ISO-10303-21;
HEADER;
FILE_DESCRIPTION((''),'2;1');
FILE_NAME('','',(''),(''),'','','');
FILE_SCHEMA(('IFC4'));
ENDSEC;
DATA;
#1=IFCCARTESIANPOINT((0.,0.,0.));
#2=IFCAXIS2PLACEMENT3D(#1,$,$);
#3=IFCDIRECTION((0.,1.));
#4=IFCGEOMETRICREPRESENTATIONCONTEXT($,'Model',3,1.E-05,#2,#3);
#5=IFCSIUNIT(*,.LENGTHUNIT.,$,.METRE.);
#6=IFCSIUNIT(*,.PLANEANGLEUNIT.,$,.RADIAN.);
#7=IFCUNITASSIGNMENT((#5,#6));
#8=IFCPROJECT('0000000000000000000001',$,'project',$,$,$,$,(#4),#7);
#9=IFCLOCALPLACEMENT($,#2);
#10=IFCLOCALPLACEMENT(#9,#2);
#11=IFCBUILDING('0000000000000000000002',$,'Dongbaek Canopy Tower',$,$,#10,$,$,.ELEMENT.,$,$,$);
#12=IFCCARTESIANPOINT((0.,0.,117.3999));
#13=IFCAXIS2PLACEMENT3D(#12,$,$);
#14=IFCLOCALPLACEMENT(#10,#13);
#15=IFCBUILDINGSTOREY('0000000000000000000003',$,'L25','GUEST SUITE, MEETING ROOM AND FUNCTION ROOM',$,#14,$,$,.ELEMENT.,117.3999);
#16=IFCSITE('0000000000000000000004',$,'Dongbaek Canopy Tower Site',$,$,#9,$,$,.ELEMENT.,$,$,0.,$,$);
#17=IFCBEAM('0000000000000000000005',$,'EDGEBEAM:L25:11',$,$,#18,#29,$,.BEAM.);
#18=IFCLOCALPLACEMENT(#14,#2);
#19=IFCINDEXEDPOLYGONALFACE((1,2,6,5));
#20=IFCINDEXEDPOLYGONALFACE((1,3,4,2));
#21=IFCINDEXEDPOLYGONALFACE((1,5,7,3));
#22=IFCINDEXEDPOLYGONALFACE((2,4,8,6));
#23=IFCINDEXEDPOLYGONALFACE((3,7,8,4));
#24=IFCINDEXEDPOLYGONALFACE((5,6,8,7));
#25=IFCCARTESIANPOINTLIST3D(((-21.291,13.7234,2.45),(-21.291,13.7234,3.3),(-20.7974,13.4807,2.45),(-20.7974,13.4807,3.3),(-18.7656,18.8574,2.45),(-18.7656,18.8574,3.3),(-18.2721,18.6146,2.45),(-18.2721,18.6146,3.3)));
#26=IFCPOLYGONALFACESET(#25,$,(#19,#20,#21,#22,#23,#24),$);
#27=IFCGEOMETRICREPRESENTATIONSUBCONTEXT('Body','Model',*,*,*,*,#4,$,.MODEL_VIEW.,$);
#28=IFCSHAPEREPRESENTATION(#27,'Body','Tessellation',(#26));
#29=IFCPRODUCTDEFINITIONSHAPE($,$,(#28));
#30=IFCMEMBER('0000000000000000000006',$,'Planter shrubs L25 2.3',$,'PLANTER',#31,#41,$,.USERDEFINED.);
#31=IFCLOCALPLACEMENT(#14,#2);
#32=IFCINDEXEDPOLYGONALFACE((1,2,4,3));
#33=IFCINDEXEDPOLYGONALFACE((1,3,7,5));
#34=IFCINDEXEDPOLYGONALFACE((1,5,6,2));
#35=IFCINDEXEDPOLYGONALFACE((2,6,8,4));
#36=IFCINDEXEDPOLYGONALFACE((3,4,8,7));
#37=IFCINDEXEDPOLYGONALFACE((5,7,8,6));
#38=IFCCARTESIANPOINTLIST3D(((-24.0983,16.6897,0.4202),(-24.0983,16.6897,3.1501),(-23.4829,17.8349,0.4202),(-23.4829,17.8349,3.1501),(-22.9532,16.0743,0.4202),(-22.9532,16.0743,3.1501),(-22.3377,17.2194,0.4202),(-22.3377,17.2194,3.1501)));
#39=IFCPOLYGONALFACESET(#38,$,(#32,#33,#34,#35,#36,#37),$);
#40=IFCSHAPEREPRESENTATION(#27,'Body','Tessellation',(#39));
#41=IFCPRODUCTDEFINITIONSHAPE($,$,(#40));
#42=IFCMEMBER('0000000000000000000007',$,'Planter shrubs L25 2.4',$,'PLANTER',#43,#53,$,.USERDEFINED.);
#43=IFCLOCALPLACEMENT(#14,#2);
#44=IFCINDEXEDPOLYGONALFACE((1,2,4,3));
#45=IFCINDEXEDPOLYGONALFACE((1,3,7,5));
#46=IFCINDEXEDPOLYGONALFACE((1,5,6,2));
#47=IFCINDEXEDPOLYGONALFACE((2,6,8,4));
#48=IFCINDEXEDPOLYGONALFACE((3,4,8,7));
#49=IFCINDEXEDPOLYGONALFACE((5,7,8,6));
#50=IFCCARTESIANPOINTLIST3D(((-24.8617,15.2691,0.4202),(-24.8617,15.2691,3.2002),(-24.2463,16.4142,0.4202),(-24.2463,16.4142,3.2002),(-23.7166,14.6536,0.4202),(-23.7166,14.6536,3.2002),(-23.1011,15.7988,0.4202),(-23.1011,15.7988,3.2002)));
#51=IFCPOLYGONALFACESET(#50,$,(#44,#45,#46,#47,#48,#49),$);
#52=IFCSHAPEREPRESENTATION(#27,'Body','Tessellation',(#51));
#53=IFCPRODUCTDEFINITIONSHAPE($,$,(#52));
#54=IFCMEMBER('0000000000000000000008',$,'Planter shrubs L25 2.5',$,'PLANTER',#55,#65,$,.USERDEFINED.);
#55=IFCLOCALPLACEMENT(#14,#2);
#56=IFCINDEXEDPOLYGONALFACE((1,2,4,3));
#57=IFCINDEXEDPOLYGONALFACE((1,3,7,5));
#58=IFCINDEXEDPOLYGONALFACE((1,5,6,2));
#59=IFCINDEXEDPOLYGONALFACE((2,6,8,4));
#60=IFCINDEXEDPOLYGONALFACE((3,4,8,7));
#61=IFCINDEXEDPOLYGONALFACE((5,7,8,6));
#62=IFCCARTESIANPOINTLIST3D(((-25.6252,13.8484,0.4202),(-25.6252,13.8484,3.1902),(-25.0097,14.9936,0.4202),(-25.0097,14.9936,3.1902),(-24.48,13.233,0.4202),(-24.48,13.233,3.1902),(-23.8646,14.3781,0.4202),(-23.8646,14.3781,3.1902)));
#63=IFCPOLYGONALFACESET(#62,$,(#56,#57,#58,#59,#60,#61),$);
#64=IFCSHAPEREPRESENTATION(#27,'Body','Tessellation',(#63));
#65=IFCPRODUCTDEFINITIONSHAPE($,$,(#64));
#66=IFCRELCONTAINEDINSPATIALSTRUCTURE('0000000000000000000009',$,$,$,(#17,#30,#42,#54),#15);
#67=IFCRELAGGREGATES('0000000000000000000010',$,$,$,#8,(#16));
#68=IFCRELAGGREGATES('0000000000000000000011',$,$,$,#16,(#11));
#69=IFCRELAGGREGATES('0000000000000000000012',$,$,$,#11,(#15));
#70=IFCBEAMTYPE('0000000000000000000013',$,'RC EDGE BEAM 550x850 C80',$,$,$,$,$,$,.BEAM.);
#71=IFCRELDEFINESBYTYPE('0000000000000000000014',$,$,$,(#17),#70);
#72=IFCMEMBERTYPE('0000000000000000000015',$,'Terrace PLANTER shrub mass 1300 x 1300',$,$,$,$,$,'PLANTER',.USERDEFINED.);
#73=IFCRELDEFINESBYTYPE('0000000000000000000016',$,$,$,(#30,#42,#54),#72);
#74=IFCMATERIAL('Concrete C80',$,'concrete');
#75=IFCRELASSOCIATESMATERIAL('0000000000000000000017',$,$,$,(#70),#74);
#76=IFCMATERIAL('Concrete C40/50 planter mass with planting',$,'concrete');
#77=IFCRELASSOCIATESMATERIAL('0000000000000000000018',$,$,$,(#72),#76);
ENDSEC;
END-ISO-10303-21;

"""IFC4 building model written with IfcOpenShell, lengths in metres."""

from ifc_helpers import new_model, si_unit, direction, frame, origin, origin_2d, place, context, subcontext, project, spatial, rectangle, extrude, material, material_profile, profile_set, type_object, element, save


model = new_model("IFC4")

# Units and contexts
model_context = context("Model", 3, precision=1e-05, world=origin(), true_north=direction((0.0, 1.0)))
body_context = subcontext(model_context, "Body", "Model", "MODEL_VIEW")
ifc_project = project(units=[si_unit("LENGTHUNIT", "METRE"), si_unit("PLANEANGLEUNIT", "RADIAN")], contexts=[model_context])

# Site, building, storey
site_placement = place(None, origin())
site = spatial("IfcSite", under=ifc_project, at=site_placement, Name="Dongbaek Canopy Tower Site", CompositionType="ELEMENT", RefElevation=0.0)
building_placement = place(site_placement, origin())
building = spatial("IfcBuilding", under=site, at=building_placement, Name="Dongbaek Canopy Tower", CompositionType="ELEMENT")
storey_placement = place(building_placement, frame((0.0, 0.0, 117.3999)))
storey = spatial("IfcBuildingStorey", under=building, at=storey_placement, Name="L25", Description="GUEST SUITE, MEETING ROOM AND FUNCTION ROOM", CompositionType="ELEMENT", Elevation=117.3999)

# Beam
ifc_material_1 = material(Name="Concrete C80", Category="concrete")
ifc_material_profile_1 = material_profile(ifc_material_1, rectangle(XDim=0.55, YDim=0.8501, at=origin_2d()), Name="RC EDGE BEAM 550x850 C80")
ifc_profile_set_1 = profile_set([ifc_material_profile_1], Name="Concrete C80")
beam_type = type_object("IfcBeamType", Name="RC EDGE BEAM 550x850 C80", PredefinedType="BEAM", material=ifc_profile_set_1)
beam_placement = place(storey_placement, frame((-21.0442, 13.6021, 2.875), z_axis=(0.441384, 0.897318, 0.0), x_axis=(-0.897318, 0.441384, 0.0)))
element("IfcBeam", 1, at=beam_placement, inside=storey, type_object=beam_type, Name="EDGEBEAM:L25:11", PredefinedType="BEAM", context=body_context, shape_type="SweptSolid", body=[
    extrude(rectangle(XDim=0.55, YDim=0.8501, at=origin_2d()), origin(), (0.0, 0.0, 1.0), 5.7214),
])

# Members
ifc_material_2 = material(Name="Concrete C40/50 planter mass with planting", Category="concrete")
ifc_material_profile_2 = material_profile(ifc_material_2, rectangle(XDim=1.3, YDim=1.3, at=origin_2d()), Name="Terrace PLANTER shrub mass 1300 x 1300")
ifc_profile_set_2 = profile_set([ifc_material_profile_2], Name="Concrete C40/50 planter mass with planting")
member_type = type_object("IfcMemberType", Name="Terrace PLANTER shrub mass 1300 x 1300", ElementType="PLANTER", PredefinedType="USERDEFINED", material=ifc_profile_set_2)
member_1_placement = place(storey_placement, frame((-23.218, 16.9546, 0.4202), z_axis=(0.0, 0.0, 1.0), x_axis=(-0.880843, 0.473409, 0.0)))
element("IfcMember", 2, at=member_1_placement, inside=storey, type_object=member_type, Name="Planter shrubs L25 2.3", ObjectType="PLANTER", PredefinedType="USERDEFINED", context=body_context, shape_type="SweptSolid", body=[
    extrude(rectangle(XDim=1.3, YDim=1.3, at=origin_2d()), origin(), (0.0, 0.0, 1.0), 2.73),
])
member_2_placement = place(storey_placement, frame((-23.9814, 15.5339, 0.4202), z_axis=(0.0, 0.0, 1.0), x_axis=(-0.880843, 0.473409, 0.0)))
element("IfcMember", 3, at=member_2_placement, inside=storey, type_object=member_type, Name="Planter shrubs L25 2.4", ObjectType="PLANTER", PredefinedType="USERDEFINED", context=body_context, shape_type="SweptSolid", body=[
    extrude(rectangle(XDim=1.3, YDim=1.3, at=origin_2d()), origin(), (0.0, 0.0, 1.0), 2.78),
])
member_3_placement = place(storey_placement, frame((-24.7449, 14.1133, 0.4202), z_axis=(0.0, 0.0, 1.0), x_axis=(-0.880843, 0.473409, 0.0)))
element("IfcMember", 4, at=member_3_placement, inside=storey, type_object=member_type, Name="Planter shrubs L25 2.5", ObjectType="PLANTER", PredefinedType="USERDEFINED", context=body_context, shape_type="SweptSolid", body=[
    extrude(rectangle(XDim=1.3, YDim=1.3, at=origin_2d()), origin(), (0.0, 0.0, 1.0), 2.77),
])

save(model, "model.ifc")
